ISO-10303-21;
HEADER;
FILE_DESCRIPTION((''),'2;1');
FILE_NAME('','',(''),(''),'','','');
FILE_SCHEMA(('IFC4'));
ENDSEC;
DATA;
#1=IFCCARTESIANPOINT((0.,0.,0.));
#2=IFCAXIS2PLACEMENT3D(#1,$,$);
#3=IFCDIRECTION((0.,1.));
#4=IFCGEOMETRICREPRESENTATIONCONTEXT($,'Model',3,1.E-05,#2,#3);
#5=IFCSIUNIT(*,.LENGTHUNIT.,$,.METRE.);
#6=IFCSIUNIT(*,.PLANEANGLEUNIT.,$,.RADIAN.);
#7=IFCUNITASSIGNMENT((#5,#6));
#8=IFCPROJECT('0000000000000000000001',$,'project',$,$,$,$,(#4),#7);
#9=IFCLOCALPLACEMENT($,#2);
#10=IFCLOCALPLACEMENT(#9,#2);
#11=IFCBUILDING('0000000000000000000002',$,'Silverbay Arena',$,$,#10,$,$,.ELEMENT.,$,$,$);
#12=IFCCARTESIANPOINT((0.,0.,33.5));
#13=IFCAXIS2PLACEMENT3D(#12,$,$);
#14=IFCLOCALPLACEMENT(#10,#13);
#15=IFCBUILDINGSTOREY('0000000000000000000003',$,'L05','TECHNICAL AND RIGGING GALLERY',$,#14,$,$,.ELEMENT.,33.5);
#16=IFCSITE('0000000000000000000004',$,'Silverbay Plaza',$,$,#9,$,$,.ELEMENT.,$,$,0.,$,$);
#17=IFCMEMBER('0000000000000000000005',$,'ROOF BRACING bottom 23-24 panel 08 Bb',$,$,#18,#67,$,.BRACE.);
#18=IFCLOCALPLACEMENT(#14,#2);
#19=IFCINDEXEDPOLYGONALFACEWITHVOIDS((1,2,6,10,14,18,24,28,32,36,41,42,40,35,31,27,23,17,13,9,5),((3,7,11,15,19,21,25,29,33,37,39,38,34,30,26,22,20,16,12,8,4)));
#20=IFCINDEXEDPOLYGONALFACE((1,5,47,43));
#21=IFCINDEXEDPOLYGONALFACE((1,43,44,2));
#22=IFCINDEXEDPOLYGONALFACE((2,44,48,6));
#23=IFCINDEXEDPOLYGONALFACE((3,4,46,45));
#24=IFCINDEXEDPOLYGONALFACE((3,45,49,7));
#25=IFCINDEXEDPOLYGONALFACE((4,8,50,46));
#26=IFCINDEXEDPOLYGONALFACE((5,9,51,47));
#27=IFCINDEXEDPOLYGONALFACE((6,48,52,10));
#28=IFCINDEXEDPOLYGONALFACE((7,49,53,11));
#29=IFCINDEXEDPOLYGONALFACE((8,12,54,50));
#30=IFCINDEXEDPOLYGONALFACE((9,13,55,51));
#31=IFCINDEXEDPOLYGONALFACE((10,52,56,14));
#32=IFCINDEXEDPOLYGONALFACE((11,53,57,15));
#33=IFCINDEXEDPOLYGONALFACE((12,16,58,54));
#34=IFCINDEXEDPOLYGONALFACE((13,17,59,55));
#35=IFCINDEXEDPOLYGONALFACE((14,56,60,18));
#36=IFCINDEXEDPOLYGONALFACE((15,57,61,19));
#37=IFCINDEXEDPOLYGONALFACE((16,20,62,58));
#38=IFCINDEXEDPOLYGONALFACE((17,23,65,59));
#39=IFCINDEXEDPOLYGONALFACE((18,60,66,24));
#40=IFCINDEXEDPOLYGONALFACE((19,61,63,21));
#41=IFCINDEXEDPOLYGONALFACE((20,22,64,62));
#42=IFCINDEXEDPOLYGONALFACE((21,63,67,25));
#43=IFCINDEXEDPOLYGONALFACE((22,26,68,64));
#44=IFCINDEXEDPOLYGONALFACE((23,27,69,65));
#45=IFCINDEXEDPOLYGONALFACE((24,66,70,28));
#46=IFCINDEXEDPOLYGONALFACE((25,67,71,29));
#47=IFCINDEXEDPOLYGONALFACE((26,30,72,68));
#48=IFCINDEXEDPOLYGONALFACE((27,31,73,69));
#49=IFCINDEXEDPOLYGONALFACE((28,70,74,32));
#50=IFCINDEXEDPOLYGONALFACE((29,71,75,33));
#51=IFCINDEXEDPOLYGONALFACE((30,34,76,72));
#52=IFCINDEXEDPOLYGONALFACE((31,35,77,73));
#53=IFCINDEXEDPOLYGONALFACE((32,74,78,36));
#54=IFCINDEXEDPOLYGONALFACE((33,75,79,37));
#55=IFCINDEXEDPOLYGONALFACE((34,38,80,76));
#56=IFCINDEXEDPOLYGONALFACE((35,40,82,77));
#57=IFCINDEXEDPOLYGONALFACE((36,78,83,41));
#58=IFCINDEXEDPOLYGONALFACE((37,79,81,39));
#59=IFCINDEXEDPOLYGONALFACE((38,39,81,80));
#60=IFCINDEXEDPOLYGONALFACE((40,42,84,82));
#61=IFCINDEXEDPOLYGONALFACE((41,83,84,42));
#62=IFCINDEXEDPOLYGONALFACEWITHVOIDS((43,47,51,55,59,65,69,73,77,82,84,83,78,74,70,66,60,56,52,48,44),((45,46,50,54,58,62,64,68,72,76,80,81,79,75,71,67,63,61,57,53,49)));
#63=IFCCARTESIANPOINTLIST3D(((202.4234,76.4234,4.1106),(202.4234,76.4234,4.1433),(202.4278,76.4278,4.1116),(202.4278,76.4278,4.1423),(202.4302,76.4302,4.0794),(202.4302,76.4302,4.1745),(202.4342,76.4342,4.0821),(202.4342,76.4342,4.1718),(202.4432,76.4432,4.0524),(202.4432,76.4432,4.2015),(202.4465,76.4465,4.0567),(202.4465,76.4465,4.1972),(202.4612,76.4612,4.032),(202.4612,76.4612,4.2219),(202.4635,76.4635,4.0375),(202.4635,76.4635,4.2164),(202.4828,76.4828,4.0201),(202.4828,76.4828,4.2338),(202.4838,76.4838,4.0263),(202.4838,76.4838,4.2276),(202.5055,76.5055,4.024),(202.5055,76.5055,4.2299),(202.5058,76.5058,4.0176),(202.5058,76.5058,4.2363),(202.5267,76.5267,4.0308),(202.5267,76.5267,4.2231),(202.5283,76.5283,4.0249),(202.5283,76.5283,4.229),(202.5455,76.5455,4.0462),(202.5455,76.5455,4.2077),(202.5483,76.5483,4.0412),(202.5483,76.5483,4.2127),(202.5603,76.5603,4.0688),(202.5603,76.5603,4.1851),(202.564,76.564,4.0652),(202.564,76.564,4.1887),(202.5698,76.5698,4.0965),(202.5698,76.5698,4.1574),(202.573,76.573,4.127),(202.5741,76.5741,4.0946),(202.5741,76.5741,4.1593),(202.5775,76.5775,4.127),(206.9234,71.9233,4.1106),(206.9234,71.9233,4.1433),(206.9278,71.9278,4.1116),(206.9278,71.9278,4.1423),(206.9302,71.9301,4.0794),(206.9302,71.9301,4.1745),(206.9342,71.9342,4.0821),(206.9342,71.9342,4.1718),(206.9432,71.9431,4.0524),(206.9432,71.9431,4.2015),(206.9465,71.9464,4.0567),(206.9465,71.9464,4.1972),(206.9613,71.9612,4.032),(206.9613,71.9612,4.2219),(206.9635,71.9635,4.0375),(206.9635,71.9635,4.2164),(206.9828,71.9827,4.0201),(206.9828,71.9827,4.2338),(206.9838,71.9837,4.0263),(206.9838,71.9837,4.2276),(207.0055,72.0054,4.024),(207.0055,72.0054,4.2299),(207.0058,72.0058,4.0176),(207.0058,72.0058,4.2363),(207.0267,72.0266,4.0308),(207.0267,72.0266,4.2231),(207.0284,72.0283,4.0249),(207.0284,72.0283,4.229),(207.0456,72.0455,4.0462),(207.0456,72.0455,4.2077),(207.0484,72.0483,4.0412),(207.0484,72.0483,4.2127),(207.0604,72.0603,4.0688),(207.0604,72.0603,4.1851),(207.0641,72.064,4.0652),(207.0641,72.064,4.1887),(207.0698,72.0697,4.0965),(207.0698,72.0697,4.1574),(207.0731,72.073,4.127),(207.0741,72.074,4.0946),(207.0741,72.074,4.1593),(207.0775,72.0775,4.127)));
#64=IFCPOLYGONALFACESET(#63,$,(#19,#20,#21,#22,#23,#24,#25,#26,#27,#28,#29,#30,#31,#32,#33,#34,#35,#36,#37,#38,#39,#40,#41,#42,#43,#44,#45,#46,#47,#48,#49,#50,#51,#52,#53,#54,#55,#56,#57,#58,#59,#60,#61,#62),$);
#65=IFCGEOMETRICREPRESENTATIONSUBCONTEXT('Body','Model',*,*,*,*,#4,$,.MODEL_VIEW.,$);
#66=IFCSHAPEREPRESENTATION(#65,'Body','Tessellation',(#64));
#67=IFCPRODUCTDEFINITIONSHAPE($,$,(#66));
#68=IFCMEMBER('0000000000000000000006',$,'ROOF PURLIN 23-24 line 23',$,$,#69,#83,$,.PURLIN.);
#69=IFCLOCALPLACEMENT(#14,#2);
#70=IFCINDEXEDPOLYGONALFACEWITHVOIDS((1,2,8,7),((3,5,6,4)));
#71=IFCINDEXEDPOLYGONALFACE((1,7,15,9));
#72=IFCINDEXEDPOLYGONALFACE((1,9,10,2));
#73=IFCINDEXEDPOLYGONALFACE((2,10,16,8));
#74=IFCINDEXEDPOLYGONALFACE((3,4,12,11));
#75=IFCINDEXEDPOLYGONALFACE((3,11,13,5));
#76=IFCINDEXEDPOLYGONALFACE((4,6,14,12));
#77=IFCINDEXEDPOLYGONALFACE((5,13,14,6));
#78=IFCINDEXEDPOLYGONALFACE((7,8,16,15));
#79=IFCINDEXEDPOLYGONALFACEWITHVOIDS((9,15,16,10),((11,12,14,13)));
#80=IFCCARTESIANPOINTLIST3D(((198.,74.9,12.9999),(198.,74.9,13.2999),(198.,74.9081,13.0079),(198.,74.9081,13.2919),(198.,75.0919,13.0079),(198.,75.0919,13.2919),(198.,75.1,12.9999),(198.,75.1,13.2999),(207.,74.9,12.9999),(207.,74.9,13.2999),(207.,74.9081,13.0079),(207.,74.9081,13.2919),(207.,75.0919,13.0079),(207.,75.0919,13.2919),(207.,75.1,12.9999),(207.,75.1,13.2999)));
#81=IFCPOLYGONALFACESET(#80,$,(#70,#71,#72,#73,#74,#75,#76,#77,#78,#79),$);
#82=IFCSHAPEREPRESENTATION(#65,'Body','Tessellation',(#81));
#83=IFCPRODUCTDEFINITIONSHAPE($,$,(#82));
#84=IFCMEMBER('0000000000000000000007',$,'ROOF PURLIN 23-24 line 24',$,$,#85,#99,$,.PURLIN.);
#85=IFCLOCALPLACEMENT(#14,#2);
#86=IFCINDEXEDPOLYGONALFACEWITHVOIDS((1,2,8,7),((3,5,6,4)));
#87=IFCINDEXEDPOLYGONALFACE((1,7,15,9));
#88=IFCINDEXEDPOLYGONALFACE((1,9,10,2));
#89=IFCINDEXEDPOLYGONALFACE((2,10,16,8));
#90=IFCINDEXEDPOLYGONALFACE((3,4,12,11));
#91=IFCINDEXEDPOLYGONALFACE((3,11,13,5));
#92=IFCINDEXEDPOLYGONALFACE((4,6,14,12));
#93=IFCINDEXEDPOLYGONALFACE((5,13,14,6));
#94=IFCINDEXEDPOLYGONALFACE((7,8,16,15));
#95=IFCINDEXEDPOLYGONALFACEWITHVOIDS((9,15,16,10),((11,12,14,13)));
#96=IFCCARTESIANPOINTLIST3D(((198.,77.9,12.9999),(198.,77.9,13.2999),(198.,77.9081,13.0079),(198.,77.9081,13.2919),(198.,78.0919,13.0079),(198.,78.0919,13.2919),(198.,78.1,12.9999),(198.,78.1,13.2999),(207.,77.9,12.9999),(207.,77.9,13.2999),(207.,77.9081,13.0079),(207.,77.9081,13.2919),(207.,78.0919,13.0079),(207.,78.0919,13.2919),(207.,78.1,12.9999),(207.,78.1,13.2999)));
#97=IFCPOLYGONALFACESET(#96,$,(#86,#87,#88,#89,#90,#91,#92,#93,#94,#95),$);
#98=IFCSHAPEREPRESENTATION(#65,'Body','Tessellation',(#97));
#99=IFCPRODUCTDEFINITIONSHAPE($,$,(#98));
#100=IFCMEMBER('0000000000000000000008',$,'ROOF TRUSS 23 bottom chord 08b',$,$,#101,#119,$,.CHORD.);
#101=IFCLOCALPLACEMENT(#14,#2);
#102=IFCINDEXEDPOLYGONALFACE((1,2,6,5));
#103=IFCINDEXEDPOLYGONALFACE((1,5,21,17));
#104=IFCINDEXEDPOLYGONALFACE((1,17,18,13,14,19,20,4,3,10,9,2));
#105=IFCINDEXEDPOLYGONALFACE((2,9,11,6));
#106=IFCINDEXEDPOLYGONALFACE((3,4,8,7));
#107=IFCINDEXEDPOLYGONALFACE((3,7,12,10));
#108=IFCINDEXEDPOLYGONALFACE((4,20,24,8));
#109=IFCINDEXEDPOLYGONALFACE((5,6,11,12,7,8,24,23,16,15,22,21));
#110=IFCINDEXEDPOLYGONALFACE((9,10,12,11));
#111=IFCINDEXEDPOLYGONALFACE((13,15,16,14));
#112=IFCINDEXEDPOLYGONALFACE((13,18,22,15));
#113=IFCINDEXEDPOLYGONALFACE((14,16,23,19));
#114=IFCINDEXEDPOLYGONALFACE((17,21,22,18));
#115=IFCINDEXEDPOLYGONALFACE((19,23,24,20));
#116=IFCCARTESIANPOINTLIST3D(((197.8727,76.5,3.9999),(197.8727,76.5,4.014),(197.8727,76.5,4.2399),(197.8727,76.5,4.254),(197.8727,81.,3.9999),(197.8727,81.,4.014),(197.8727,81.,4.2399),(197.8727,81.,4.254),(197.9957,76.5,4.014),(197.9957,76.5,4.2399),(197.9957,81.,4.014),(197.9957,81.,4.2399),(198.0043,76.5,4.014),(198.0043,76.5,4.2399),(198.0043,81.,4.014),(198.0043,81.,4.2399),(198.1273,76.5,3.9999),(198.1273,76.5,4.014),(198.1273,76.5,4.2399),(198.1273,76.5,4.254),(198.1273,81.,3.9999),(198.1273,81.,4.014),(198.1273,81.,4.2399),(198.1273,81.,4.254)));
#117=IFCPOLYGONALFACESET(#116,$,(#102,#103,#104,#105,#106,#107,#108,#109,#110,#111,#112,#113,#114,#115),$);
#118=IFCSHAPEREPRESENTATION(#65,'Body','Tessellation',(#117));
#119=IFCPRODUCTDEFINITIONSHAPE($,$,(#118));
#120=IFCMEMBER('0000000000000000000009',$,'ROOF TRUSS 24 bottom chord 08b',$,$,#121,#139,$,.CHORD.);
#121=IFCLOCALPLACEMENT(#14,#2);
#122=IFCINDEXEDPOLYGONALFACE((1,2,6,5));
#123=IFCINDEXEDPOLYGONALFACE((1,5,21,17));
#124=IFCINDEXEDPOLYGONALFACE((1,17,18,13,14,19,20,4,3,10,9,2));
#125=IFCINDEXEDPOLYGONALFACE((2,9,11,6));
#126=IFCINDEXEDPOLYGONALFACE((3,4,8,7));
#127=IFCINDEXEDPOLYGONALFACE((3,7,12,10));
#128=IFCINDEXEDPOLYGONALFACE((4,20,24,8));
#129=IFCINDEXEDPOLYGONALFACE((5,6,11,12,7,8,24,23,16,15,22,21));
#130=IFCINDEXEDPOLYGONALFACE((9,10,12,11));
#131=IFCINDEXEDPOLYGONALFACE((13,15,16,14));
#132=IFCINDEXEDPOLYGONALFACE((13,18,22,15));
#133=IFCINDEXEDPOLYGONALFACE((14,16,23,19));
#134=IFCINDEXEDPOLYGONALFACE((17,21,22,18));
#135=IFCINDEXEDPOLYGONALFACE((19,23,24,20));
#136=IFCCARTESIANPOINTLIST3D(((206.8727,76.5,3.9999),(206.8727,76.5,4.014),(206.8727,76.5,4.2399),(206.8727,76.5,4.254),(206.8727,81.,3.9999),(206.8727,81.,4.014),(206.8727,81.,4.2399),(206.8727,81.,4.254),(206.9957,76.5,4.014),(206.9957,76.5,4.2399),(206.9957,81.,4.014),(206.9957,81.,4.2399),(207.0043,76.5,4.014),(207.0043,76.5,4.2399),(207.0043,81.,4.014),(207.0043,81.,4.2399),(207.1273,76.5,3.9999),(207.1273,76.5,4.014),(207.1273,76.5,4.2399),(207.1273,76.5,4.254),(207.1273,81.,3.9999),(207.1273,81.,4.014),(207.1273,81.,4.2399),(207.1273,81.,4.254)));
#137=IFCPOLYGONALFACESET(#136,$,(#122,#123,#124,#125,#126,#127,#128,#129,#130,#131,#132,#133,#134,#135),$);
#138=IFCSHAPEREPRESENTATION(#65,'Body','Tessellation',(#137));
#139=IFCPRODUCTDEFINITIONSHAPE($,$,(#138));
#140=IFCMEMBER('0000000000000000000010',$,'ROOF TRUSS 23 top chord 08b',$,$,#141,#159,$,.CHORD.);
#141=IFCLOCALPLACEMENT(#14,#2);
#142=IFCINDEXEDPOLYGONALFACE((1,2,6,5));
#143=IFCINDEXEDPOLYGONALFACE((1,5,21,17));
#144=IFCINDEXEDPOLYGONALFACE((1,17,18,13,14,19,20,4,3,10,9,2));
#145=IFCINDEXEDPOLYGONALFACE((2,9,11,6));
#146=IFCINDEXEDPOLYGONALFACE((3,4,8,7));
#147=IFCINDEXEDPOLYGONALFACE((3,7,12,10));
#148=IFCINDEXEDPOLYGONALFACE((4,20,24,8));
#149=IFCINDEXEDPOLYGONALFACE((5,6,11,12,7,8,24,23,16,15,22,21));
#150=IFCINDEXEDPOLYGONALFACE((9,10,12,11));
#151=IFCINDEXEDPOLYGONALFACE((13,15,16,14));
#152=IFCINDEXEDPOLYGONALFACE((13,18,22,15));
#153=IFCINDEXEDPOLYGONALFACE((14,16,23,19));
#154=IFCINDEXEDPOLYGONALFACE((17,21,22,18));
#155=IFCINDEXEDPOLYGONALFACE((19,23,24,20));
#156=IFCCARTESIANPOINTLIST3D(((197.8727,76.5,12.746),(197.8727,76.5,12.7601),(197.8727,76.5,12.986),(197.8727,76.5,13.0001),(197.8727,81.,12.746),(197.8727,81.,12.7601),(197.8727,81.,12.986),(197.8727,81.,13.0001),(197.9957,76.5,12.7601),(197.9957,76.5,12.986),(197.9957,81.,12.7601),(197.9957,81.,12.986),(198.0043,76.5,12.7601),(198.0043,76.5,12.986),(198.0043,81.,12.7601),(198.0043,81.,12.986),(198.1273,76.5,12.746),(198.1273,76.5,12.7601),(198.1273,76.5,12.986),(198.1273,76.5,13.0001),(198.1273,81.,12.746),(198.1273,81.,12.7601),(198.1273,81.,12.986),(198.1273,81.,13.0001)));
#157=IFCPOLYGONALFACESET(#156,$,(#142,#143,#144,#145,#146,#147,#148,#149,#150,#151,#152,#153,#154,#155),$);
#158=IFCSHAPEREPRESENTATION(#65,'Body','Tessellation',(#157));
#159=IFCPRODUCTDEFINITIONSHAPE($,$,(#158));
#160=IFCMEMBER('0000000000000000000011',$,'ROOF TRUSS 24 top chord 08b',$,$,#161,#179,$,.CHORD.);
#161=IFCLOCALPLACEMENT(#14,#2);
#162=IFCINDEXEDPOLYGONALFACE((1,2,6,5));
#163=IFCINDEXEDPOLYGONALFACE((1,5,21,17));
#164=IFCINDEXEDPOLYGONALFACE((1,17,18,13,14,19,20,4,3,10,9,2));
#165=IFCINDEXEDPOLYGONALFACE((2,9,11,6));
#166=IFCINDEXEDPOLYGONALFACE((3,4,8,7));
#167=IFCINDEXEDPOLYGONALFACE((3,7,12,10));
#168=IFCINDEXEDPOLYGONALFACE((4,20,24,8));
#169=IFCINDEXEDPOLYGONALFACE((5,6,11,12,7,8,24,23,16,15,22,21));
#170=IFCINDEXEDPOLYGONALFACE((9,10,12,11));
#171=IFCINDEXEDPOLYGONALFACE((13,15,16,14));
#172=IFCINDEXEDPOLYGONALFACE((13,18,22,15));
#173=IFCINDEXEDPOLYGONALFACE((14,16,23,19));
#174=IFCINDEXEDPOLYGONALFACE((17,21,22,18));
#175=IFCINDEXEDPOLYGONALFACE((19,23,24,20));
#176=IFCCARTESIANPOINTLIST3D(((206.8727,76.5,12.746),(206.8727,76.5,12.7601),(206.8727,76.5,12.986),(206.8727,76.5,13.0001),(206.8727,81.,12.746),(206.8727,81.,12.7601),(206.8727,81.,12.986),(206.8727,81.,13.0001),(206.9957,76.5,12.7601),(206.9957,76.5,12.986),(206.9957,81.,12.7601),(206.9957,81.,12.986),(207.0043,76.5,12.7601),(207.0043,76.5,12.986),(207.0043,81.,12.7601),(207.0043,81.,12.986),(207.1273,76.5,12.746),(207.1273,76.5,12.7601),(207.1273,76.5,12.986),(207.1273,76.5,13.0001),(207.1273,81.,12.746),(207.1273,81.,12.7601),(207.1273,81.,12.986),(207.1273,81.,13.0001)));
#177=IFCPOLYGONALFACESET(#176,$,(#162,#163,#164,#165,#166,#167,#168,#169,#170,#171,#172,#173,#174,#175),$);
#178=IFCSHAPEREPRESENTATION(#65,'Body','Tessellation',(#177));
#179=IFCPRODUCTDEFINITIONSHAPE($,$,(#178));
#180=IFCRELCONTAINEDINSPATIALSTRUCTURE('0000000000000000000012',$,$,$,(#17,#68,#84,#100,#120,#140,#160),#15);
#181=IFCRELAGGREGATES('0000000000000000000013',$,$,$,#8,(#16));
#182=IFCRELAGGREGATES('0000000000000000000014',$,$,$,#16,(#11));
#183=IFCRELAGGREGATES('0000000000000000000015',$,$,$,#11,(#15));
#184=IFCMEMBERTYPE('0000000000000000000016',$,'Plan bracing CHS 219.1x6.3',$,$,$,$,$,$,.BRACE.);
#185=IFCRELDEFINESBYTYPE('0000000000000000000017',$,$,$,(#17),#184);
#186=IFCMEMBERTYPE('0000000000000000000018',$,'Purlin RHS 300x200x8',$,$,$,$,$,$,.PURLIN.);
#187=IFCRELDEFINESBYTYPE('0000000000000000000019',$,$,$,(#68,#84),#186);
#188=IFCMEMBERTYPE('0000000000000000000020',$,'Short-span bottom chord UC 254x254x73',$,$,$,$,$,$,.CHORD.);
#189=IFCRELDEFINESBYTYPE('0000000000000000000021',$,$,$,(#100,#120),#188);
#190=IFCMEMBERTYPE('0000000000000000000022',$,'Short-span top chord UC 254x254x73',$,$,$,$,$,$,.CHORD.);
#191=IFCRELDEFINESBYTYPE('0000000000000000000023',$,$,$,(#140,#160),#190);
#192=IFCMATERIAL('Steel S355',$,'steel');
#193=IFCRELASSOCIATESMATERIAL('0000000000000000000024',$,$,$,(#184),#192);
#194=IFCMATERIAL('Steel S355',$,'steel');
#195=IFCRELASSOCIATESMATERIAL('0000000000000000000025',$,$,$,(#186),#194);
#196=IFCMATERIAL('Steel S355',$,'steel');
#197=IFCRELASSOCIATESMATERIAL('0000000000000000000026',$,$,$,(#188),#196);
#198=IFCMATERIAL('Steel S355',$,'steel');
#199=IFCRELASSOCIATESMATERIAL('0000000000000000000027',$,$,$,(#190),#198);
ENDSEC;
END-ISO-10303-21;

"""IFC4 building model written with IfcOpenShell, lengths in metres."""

from ifc_helpers import new_model, si_unit, direction, frame, origin, origin_2d, place, context, subcontext, project, spatial, hollow_rectangle, hollow_circle, i_section, extrude, material, material_profile, profile_set, type_object, element, save


model = new_model("IFC4")

# Units and contexts
model_context = context("Model", 3, precision=1e-05, world=origin(), true_north=direction((0.0, 1.0)))
body_context = subcontext(model_context, "Body", "Model", "MODEL_VIEW")
ifc_project = project(units=[si_unit("LENGTHUNIT", "METRE"), si_unit("PLANEANGLEUNIT", "RADIAN")], contexts=[model_context])

# Site, building, storey
site_placement = place(None, origin())
site = spatial("IfcSite", under=ifc_project, at=site_placement, Name="Silverbay Plaza", CompositionType="ELEMENT", RefElevation=0.0)
building_placement = place(site_placement, origin())
building = spatial("IfcBuilding", under=site, at=building_placement, Name="Silverbay Arena", CompositionType="ELEMENT")
storey_placement = place(building_placement, frame((0.0, 0.0, 33.5)))
storey = spatial("IfcBuildingStorey", under=building, at=storey_placement, Name="L05", Description="TECHNICAL AND RIGGING GALLERY", CompositionType="ELEMENT", Elevation=33.5)

# Members
ifc_material_1 = material(Name="Steel S355", Category="steel")
ifc_material_profile_1 = material_profile(ifc_material_1, hollow_circle(Radius=0.1096, WallThickness=0.0063, at=origin_2d()), Name="CHS 219.1x6.3")
ifc_profile_set_1 = profile_set([ifc_material_profile_1], Name="Steel S355")
member_type_1 = type_object("IfcMemberType", Name="Plan bracing CHS 219.1x6.3", PredefinedType="BRACE", material=ifc_profile_set_1)
for number, where, z_axis, x_axis, name in (
    (1, (202.5, 76.5, 4.127), (0.707107, -0.707107, 0.0), (0.707107, 0.707107, 0.0), "ROOF BRACING bottom 23-24 panel 08 Bb"),
):
    element("IfcMember", number, at=place(storey_placement, frame(where, z_axis=z_axis, x_axis=x_axis)), inside=storey, type_object=member_type_1, Name=name, PredefinedType="BRACE", context=body_context, shape_type="SweptSolid", body=[
        extrude(hollow_circle(Radius=0.1096, WallThickness=0.0063, at=origin_2d()), origin(), (0.0, 0.0, 1.0), 6.364),
    ])
ifc_material_2 = material(Name="Steel S355", Category="steel")
ifc_material_profile_2 = material_profile(ifc_material_2, hollow_rectangle(XDim=0.2, YDim=0.3, WallThickness=0.0081, at=origin_2d()), Name="RHS 300x200x8")
ifc_profile_set_2 = profile_set([ifc_material_profile_2], Name="Steel S355")
member_type_2 = type_object("IfcMemberType", Name="Purlin RHS 300x200x8", PredefinedType="PURLIN", material=ifc_profile_set_2)
for number, where, z_axis, x_axis, name in (
    (2, (198.0, 75.0, 13.1499), (1.0, 0.0, 0.0), (0.0, 1.0, 0.0), "ROOF PURLIN 23-24 line 23"),
    (3, (198.0, 78.0, 13.1499), (1.0, 0.0, 0.0), (0.0, 1.0, 0.0), "ROOF PURLIN 23-24 line 24"),
):
    element("IfcMember", number, at=place(storey_placement, frame(where, z_axis=z_axis, x_axis=x_axis)), inside=storey, type_object=member_type_2, Name=name, PredefinedType="PURLIN", context=body_context, shape_type="SweptSolid", body=[
        extrude(hollow_rectangle(XDim=0.2, YDim=0.3, WallThickness=0.0081, at=origin_2d()), origin(), (0.0, 0.0, 1.0), 9.0),
    ])
ifc_material_3 = material(Name="Steel S355", Category="steel")
ifc_material_profile_3 = material_profile(ifc_material_3, i_section(OverallWidth=0.2546, OverallDepth=0.2542, WebThickness=0.0085, FlangeThickness=0.0142, at=origin_2d()), Name="UC 254x254x73")
ifc_profile_set_3 = profile_set([ifc_material_profile_3], Name="Steel S355")
member_type_3 = type_object("IfcMemberType", Name="Short-span bottom chord UC 254x254x73", PredefinedType="CHORD", material=ifc_profile_set_3)
for number, where, z_axis, x_axis, name in (
    (4, (198.0, 76.5, 4.127), (0.0, 1.0, 0.0), (-1.0, 0.0, 0.0), "ROOF TRUSS 23 bottom chord 08b"),
    (5, (207.0, 76.5, 4.127), (0.0, 1.0, 0.0), (-1.0, 0.0, 0.0), "ROOF TRUSS 24 bottom chord 08b"),
):
    element("IfcMember", number, at=place(storey_placement, frame(where, z_axis=z_axis, x_axis=x_axis)), inside=storey, type_object=member_type_3, Name=name, PredefinedType="CHORD", context=body_context, shape_type="SweptSolid", body=[
        extrude(i_section(OverallWidth=0.2546, OverallDepth=0.2542, WebThickness=0.0085, FlangeThickness=0.0142, at=origin_2d()), origin(), (0.0, 0.0, 1.0), 4.5),
    ])
ifc_material_4 = material(Name="Steel S355", Category="steel")
ifc_material_profile_4 = material_profile(ifc_material_4, i_section(OverallWidth=0.2546, OverallDepth=0.2542, WebThickness=0.0085, FlangeThickness=0.0142, at=origin_2d()), Name="UC 254x254x73")
ifc_profile_set_4 = profile_set([ifc_material_profile_4], Name="Steel S355")
member_type_4 = type_object("IfcMemberType", Name="Short-span top chord UC 254x254x73", PredefinedType="CHORD", material=ifc_profile_set_4)
for number, where, z_axis, x_axis, name in (
    (6, (198.0, 76.5, 12.873), (0.0, 1.0, 0.0), (-1.0, 0.0, 0.0), "ROOF TRUSS 23 top chord 08b"),
    (7, (207.0, 76.5, 12.873), (0.0, 1.0, 0.0), (-1.0, 0.0, 0.0), "ROOF TRUSS 24 top chord 08b"),
):
    element("IfcMember", number, at=place(storey_placement, frame(where, z_axis=z_axis, x_axis=x_axis)), inside=storey, type_object=member_type_4, Name=name, PredefinedType="CHORD", context=body_context, shape_type="SweptSolid", body=[
        extrude(i_section(OverallWidth=0.2546, OverallDepth=0.2542, WebThickness=0.0085, FlangeThickness=0.0142, at=origin_2d()), origin(), (0.0, 0.0, 1.0), 4.5),
    ])

save(model, "model.ifc")
